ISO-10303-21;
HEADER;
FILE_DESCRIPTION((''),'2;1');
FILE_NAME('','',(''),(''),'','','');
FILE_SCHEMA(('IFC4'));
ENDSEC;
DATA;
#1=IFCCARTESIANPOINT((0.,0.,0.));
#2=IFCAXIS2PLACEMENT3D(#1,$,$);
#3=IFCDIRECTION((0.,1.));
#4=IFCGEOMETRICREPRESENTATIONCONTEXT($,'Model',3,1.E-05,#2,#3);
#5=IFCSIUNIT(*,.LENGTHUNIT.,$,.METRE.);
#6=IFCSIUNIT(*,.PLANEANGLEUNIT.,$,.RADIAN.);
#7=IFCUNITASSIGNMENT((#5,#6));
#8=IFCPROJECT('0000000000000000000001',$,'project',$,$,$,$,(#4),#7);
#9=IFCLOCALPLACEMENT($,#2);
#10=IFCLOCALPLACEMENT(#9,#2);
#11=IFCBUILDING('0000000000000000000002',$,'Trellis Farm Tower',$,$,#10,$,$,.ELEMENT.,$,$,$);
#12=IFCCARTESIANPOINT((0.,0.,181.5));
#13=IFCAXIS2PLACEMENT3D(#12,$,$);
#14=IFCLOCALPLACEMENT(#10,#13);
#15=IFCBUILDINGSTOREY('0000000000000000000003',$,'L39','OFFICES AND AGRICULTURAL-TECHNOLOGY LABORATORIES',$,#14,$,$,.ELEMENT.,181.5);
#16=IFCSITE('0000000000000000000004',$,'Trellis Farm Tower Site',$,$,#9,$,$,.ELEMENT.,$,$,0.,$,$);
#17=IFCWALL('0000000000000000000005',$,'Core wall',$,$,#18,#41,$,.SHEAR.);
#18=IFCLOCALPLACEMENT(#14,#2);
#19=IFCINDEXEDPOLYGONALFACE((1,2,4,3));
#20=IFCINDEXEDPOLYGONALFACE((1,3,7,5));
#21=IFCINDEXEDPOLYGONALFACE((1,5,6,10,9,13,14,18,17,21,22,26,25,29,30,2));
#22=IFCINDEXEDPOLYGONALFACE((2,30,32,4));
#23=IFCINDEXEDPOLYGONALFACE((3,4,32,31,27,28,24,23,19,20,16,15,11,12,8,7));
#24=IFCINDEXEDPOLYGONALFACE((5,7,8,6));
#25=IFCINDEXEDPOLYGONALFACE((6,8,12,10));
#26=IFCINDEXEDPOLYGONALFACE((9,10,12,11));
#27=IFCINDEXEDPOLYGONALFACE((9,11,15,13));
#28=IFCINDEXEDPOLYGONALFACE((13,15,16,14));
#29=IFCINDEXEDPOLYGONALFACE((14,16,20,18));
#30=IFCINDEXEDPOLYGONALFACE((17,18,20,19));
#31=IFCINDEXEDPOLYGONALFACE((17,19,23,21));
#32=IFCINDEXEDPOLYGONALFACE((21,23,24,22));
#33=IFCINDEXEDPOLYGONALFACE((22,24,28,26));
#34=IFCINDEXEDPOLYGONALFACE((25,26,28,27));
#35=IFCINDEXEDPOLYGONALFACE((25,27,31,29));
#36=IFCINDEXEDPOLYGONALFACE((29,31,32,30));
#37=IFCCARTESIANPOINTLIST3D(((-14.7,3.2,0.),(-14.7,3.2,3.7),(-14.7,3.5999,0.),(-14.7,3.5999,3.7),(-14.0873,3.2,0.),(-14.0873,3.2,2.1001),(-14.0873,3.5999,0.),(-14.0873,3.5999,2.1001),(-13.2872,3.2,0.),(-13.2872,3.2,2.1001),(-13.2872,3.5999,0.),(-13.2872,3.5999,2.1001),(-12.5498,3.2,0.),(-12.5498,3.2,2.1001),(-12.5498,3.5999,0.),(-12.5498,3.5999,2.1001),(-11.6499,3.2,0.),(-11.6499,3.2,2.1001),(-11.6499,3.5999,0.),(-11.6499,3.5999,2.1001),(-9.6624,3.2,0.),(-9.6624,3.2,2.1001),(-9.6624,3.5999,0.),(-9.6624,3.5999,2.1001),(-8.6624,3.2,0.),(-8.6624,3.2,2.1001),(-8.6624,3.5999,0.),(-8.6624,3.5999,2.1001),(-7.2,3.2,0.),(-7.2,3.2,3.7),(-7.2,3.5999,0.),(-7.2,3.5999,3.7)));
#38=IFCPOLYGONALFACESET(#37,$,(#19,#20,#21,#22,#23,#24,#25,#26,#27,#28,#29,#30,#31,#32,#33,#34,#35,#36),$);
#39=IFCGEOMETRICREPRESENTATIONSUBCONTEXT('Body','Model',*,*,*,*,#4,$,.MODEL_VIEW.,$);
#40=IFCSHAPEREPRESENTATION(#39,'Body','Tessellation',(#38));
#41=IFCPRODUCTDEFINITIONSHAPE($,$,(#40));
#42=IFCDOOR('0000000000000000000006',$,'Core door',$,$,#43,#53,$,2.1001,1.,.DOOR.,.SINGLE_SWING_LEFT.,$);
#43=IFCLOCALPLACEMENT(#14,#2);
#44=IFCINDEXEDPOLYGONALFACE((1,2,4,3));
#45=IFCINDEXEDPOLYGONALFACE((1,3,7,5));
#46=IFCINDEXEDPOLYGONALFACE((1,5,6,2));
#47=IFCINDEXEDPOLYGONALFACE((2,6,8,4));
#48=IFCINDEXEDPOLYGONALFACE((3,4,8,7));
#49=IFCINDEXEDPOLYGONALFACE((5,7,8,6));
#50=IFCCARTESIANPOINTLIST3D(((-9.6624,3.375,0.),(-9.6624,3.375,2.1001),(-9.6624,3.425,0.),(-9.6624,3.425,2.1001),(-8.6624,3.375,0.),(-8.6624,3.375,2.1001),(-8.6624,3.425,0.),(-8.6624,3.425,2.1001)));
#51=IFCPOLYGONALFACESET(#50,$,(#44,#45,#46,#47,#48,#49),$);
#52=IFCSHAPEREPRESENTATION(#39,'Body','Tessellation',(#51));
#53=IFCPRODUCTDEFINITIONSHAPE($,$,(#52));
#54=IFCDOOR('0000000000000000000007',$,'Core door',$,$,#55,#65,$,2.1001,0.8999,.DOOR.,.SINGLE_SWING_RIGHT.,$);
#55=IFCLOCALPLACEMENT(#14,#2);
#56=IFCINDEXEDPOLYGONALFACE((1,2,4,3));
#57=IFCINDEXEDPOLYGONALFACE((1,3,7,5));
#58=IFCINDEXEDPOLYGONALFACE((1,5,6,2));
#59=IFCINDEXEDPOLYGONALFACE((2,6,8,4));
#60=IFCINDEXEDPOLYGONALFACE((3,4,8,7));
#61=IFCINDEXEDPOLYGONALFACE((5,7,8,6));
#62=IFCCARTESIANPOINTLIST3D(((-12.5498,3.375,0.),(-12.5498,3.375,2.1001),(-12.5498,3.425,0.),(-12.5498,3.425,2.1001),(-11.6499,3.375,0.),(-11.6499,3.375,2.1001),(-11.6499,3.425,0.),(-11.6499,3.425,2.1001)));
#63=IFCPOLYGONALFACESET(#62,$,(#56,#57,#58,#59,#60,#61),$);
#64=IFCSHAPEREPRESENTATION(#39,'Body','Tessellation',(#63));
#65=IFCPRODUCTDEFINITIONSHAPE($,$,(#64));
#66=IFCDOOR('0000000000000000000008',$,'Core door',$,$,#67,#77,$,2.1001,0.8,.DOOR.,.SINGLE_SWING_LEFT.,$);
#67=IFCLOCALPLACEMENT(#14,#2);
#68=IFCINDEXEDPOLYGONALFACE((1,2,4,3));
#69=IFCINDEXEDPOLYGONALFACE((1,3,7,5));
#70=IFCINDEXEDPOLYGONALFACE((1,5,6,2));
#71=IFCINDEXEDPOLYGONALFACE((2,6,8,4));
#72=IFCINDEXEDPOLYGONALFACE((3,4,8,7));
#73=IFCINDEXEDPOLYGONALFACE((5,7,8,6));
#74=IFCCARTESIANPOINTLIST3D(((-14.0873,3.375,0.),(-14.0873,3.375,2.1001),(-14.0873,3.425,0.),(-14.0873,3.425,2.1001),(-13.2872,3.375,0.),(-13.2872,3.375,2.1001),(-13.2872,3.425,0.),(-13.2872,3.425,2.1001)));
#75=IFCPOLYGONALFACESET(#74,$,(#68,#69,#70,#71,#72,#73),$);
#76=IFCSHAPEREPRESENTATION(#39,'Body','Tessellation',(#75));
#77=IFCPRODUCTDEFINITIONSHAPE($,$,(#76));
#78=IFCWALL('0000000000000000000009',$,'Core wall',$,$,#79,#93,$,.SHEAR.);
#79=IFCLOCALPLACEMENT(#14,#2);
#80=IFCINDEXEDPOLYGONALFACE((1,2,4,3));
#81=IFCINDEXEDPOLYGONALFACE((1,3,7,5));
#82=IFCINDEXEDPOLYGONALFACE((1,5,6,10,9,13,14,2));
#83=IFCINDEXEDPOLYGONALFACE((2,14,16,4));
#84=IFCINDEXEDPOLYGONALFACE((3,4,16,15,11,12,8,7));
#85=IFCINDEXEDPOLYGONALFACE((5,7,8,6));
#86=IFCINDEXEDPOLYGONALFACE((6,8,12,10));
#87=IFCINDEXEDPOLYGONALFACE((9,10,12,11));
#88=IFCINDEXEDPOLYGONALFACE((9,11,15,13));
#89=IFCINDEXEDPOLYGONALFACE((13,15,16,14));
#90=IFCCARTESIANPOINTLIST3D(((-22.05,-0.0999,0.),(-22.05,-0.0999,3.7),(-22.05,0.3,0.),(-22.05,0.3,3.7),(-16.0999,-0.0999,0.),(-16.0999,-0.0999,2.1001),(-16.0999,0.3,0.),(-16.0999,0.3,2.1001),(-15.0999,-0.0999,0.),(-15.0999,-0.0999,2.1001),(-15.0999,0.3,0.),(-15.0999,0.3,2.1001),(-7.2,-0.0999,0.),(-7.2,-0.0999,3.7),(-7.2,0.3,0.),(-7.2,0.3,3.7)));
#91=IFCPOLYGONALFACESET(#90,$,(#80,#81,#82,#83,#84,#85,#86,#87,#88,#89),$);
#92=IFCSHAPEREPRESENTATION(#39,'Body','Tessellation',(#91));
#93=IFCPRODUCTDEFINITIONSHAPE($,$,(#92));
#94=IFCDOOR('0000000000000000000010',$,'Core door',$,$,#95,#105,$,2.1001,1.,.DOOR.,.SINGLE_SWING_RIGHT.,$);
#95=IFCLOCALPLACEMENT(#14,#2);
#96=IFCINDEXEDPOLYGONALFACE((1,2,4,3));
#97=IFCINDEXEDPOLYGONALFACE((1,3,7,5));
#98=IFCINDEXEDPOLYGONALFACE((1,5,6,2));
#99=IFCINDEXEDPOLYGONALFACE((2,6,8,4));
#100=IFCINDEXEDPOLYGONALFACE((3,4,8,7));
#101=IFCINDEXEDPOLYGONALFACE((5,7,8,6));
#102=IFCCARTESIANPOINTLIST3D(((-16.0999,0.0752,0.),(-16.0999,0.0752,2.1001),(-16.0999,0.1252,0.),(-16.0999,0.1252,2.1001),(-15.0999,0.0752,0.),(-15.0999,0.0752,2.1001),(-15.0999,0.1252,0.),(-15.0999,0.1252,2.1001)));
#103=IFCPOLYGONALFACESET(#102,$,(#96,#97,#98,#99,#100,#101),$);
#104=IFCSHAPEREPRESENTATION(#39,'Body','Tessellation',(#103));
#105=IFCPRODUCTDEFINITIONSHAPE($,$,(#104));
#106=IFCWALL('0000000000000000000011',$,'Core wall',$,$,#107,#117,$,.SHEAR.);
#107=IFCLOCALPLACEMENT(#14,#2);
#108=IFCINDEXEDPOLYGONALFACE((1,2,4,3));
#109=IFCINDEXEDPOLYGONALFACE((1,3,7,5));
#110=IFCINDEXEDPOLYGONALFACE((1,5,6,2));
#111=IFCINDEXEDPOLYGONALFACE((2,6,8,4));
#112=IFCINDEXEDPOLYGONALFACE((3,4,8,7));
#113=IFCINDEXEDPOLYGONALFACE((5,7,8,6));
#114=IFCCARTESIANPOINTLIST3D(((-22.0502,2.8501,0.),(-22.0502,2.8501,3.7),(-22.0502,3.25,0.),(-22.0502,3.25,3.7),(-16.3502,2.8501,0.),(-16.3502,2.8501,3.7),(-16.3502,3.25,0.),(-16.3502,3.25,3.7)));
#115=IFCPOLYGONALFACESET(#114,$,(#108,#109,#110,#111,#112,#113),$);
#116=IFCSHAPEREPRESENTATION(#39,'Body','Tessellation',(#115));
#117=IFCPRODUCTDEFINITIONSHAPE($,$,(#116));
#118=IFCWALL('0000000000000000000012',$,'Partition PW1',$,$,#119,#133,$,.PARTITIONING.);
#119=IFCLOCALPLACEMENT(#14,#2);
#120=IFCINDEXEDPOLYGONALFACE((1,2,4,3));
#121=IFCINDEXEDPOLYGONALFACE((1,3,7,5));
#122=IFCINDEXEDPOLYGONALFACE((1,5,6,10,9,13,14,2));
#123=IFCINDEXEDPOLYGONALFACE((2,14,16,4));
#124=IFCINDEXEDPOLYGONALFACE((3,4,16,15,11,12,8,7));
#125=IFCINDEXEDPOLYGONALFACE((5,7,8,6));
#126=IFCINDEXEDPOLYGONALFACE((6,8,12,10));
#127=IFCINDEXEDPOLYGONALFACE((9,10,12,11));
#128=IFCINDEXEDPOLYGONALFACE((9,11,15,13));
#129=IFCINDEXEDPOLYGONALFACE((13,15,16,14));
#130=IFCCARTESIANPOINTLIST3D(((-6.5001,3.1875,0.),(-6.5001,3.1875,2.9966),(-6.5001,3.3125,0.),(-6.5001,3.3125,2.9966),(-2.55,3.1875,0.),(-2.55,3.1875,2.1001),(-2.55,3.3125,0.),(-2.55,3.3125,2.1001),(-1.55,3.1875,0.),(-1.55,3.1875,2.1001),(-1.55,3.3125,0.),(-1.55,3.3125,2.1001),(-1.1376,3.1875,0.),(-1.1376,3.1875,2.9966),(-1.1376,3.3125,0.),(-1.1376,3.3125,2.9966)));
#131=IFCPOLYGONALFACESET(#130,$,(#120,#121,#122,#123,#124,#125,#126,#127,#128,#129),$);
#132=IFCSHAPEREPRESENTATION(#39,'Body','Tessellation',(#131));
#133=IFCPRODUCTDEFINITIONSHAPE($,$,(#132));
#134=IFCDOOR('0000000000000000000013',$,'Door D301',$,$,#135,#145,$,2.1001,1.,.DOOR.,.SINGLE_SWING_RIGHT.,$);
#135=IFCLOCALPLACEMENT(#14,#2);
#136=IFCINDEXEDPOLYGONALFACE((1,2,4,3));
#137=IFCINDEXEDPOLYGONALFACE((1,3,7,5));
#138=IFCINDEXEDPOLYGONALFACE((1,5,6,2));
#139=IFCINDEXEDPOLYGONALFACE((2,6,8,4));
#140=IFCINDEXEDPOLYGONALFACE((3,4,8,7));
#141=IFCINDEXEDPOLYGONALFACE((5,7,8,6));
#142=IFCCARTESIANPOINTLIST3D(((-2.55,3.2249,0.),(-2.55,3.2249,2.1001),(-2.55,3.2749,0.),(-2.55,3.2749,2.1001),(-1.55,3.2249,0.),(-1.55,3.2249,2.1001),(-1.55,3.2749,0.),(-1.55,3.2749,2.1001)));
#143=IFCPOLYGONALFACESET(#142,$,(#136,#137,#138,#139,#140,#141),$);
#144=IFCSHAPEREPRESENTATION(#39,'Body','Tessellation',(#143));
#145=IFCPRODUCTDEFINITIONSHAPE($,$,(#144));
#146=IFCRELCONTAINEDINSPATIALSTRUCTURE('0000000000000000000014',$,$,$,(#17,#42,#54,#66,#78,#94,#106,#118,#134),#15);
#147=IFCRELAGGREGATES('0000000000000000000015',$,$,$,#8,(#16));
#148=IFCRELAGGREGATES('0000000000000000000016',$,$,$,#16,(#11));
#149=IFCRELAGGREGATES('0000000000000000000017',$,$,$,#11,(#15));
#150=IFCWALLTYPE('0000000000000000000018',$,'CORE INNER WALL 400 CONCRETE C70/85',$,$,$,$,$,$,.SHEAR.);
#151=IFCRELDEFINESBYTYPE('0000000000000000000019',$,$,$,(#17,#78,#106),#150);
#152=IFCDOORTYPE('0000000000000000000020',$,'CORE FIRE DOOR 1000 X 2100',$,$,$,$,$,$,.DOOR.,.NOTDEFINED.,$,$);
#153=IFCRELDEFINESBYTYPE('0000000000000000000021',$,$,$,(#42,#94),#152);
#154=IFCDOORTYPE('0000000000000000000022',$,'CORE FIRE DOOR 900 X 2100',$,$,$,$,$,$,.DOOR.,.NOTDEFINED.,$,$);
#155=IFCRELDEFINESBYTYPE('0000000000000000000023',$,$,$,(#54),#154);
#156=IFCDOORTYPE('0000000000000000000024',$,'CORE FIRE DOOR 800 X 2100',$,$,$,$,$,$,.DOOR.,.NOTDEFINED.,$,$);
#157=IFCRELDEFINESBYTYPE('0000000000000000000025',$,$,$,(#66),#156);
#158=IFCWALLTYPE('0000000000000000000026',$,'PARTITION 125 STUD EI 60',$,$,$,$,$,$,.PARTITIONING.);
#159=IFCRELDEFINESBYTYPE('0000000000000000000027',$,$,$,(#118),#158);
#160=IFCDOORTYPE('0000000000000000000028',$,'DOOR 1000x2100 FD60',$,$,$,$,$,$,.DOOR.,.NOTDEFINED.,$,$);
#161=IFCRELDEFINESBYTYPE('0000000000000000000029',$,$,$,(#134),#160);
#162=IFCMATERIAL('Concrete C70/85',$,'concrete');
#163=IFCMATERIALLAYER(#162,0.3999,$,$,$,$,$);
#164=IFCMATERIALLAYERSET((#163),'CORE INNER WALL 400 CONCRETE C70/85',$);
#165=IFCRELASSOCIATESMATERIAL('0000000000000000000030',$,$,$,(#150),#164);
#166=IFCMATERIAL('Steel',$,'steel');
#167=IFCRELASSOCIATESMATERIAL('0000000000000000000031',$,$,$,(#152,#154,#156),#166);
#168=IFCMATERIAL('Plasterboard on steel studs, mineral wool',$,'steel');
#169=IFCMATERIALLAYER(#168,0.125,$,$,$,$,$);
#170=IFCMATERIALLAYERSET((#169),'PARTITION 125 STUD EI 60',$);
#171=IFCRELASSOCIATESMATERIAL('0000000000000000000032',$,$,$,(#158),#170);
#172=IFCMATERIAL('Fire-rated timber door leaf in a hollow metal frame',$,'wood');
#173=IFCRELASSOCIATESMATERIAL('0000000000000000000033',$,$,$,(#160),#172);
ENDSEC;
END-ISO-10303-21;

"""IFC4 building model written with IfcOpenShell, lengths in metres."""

from ifc_helpers import new_model, si_unit, direction, frame, frame_2d, origin, place, context, subcontext, project, spatial, rectangle, extrude, source, transform, mapped, material, layer, layer_set, type_object, element, fill, save


model = new_model("IFC4")

# Units and contexts
model_context = context("Model", 3, precision=1e-05, world=origin(), true_north=direction((0.0, 1.0)))
body_context = subcontext(model_context, "Body", "Model", "MODEL_VIEW")
ifc_project = project(units=[si_unit("LENGTHUNIT", "METRE"), si_unit("PLANEANGLEUNIT", "RADIAN")], contexts=[model_context])

# Site, building, storey
site_placement = place(None, origin())
site = spatial("IfcSite", under=ifc_project, at=site_placement, Name="Trellis Farm Tower Site", CompositionType="ELEMENT", RefElevation=0.0)
building_placement = place(site_placement, origin())
building = spatial("IfcBuilding", under=site, at=building_placement, Name="Trellis Farm Tower", CompositionType="ELEMENT")
storey_placement = place(building_placement, frame((0.0, 0.0, 181.5)))
storey = spatial("IfcBuildingStorey", under=building, at=storey_placement, Name="L39", Description="OFFICES AND AGRICULTURAL-TECHNOLOGY LABORATORIES", CompositionType="ELEMENT", Elevation=181.5)

# Shared definitions
ifc_material_1 = material(Name="Concrete C70/85", Category="concrete")

# Wall, openings, doors
ifc_layer_1 = layer(ifc_material_1, 0.3999)
ifc_layer_set_1 = layer_set([ifc_layer_1], Name="CORE INNER WALL 400 CONCRETE C70/85")
wall_type_1 = type_object("IfcWallType", Name="CORE INNER WALL 400 CONCRETE C70/85", PredefinedType="SHEAR", material=ifc_layer_set_1)
shared_shape_1 = source(origin(), body_context, "Body", "SweptSolid", [
    extrude(rectangle(XDim=7.5, YDim=0.3999, at=frame_2d((3.75, 0.0))), origin(), (0.0, 0.0, 1.0), 3.7),
])
wall_1_placement = place(storey_placement, frame((-7.2, 3.3999, 0.0), z_axis=(0.0, 0.0, 1.0), x_axis=(-1.0, 0.0, 0.0)))
wall_1 = element("IfcWall", 1, at=wall_1_placement, inside=storey, type_object=wall_type_1, Name="Core wall", PredefinedType="SHEAR", context=body_context, shape_type="MappedRepresentation", body=[
    mapped(shared_shape_1, transform((0.0, 0.0, 0.0))),
])
shared_shape_2 = source(origin(), body_context, "Body", "SweptSolid", [
    extrude(rectangle(XDim=1.0, YDim=2.1001, at=frame_2d((0.5, 1.05))), frame((0.0, 0.21, 0.0), z_axis=(0.0, -1.0, 0.0), x_axis=(1.0, 0.0, 0.0)), (0.0, 0.0, 1.0), 0.4199),
])
opening_1_placement = place(wall_1_placement, frame((1.4624, 0.0, 0.0)))
opening_1 = element("IfcOpeningElement", 2, at=opening_1_placement, cuts=wall_1, PredefinedType="OPENING", context=body_context, shape_type="MappedRepresentation", body=[
    mapped(shared_shape_2, transform((0.0, 0.0, 0.0))),
])
shared_shape_3 = source(origin(), body_context, "Body", "SweptSolid", [
    extrude(rectangle(XDim=0.8999, YDim=2.1001, at=frame_2d((0.45, 1.05))), frame((0.0, 0.21, 0.0), z_axis=(0.0, -1.0, 0.0), x_axis=(1.0, 0.0, 0.0)), (0.0, 0.0, 1.0), 0.4199),
])
opening_2_placement = place(wall_1_placement, frame((4.45, 0.0, 0.0)))
opening_2 = element("IfcOpeningElement", 3, at=opening_2_placement, cuts=wall_1, PredefinedType="OPENING", context=body_context, shape_type="MappedRepresentation", body=[
    mapped(shared_shape_3, transform((0.0, 0.0, 0.0))),
])
shared_shape_4 = source(origin(), body_context, "Body", "SweptSolid", [
    extrude(rectangle(XDim=0.8, YDim=2.1001, at=frame_2d((0.3999, 1.05))), frame((0.0, 0.21, 0.0), z_axis=(0.0, -1.0, 0.0), x_axis=(1.0, 0.0, 0.0)), (0.0, 0.0, 1.0), 0.4199),
])
opening_3_placement = place(wall_1_placement, frame((6.0874, 0.0, 0.0)))
opening_3 = element("IfcOpeningElement", 4, at=opening_3_placement, cuts=wall_1, PredefinedType="OPENING", context=body_context, shape_type="MappedRepresentation", body=[
    mapped(shared_shape_4, transform((0.0, 0.0, 0.0))),
])
ifc_material_2 = material(Name="Steel", Category="steel")
door_type_1 = type_object("IfcDoorType", Name="CORE FIRE DOOR 1000 X 2100", OperationType="NOTDEFINED", PredefinedType="DOOR", material=ifc_material_2)
shared_shape_5 = source(origin(), body_context, "Body", "SweptSolid", [
    extrude(rectangle(XDim=1.0, YDim=2.1001, at=frame_2d((0.5, 1.05))), frame((0.0, 0.0249, 0.0), z_axis=(0.0, -1.0, 0.0), x_axis=(1.0, 0.0, 0.0)), (0.0, 0.0, 1.0), 0.05),
])
door_1_placement = place(opening_1_placement, origin())
door_1 = element("IfcDoor", 5, at=door_1_placement, inside=storey, type_object=door_type_1, Name="Core door", OperationType="SINGLE_SWING_LEFT", OverallHeight=2.1001, OverallWidth=1.0, PredefinedType="DOOR", context=body_context, shape_type="MappedRepresentation", body=[
    mapped(shared_shape_5, transform((0.0, 0.0, 0.0))),
])
fill(opening_1, door_1)
door_type_2 = type_object("IfcDoorType", Name="CORE FIRE DOOR 900 X 2100", OperationType="NOTDEFINED", PredefinedType="DOOR", material=ifc_material_2)
shared_shape_6 = source(origin(), body_context, "Body", "SweptSolid", [
    extrude(rectangle(XDim=0.8999, YDim=2.1001, at=frame_2d((0.45, 1.05))), frame((0.0, 0.0249, 0.0), z_axis=(0.0, -1.0, 0.0), x_axis=(1.0, 0.0, 0.0)), (0.0, 0.0, 1.0), 0.05),
])
door_2_placement = place(opening_2_placement, origin())
door_2 = element("IfcDoor", 6, at=door_2_placement, inside=storey, type_object=door_type_2, Name="Core door", OperationType="SINGLE_SWING_RIGHT", OverallHeight=2.1001, OverallWidth=0.8999, PredefinedType="DOOR", context=body_context, shape_type="MappedRepresentation", body=[
    mapped(shared_shape_6, transform((0.0, 0.0, 0.0))),
])
fill(opening_2, door_2)
door_type_3 = type_object("IfcDoorType", Name="CORE FIRE DOOR 800 X 2100", OperationType="NOTDEFINED", PredefinedType="DOOR", material=ifc_material_2)
shared_shape_7 = source(origin(), body_context, "Body", "SweptSolid", [
    extrude(rectangle(XDim=0.8, YDim=2.1001, at=frame_2d((0.3999, 1.05))), frame((0.0, 0.0249, 0.0), z_axis=(0.0, -1.0, 0.0), x_axis=(1.0, 0.0, 0.0)), (0.0, 0.0, 1.0), 0.05),
])
door_3_placement = place(opening_3_placement, origin())
door_3 = element("IfcDoor", 7, at=door_3_placement, inside=storey, type_object=door_type_3, Name="Core door", OperationType="SINGLE_SWING_LEFT", OverallHeight=2.1001, OverallWidth=0.8, PredefinedType="DOOR", context=body_context, shape_type="MappedRepresentation", body=[
    mapped(shared_shape_7, transform((0.0, 0.0, 0.0))),
])
fill(opening_3, door_3)

# Wall, opening, door
shared_shape_8 = source(origin(), body_context, "Body", "SweptSolid", [
    extrude(rectangle(XDim=14.8501, YDim=0.3999, at=frame_2d((7.425, 0.0))), origin(), (0.0, 0.0, 1.0), 3.7),
])
wall_2_placement = place(storey_placement, frame((-7.2, 0.1001, 0.0), z_axis=(0.0, 0.0, 1.0), x_axis=(-1.0, 0.0, 0.0)))
wall_2 = element("IfcWall", 8, at=wall_2_placement, inside=storey, type_object=wall_type_1, Name="Core wall", PredefinedType="SHEAR", context=body_context, shape_type="MappedRepresentation", body=[
    mapped(shared_shape_8, transform((0.0, 0.0, 0.0))),
])
opening_4_placement = place(wall_2_placement, frame((7.8999, 0.0, 0.0)))
opening_4 = element("IfcOpeningElement", 9, at=opening_4_placement, cuts=wall_2, PredefinedType="OPENING", context=body_context, shape_type="MappedRepresentation", body=[
    mapped(shared_shape_2, transform((0.0, 0.0, 0.0))),
])
door_4_placement = place(opening_4_placement, origin())
door_4 = element("IfcDoor", 10, at=door_4_placement, inside=storey, type_object=door_type_1, Name="Core door", OperationType="SINGLE_SWING_RIGHT", OverallHeight=2.1001, OverallWidth=1.0, PredefinedType="DOOR", context=body_context, shape_type="MappedRepresentation", body=[
    mapped(shared_shape_5, transform((0.0, 0.0, 0.0))),
])
fill(opening_4, door_4)

# Wall
shared_shape_9 = source(origin(), body_context, "Body", "SweptSolid", [
    extrude(rectangle(XDim=5.7, YDim=0.3999, at=frame_2d((2.8501, 0.0))), origin(), (0.0, 0.0, 1.0), 3.7),
])
wall_3_placement = place(storey_placement, frame((-16.3501, 3.05, 0.0), z_axis=(0.0, 0.0, 1.0), x_axis=(-1.0, 0.0, 0.0)))
element("IfcWall", 11, at=wall_3_placement, inside=storey, type_object=wall_type_1, Name="Core wall", PredefinedType="SHEAR", context=body_context, shape_type="MappedRepresentation", body=[
    mapped(shared_shape_9, transform((0.0, 0.0, 0.0))),
])

# Wall, opening, door
ifc_material_3 = material(Name="Plasterboard on steel studs, mineral wool", Category="steel")
ifc_layer_2 = layer(ifc_material_3, 0.125)
ifc_layer_set_2 = layer_set([ifc_layer_2], Name="PARTITION 125 STUD EI 60")
wall_type_2 = type_object("IfcWallType", Name="PARTITION 125 STUD EI 60", PredefinedType="PARTITIONING", material=ifc_layer_set_2)
shared_shape_10 = source(origin(), body_context, "Body", "SweptSolid", [
    extrude(rectangle(XDim=5.3625, YDim=0.125, at=frame_2d((2.6812, 0.0))), origin(), (0.0, 0.0, 1.0), 2.9966),
])
wall_4_placement = place(storey_placement, frame((-6.5, 3.25, 0.0), z_axis=(0.0, 0.0, 1.0), x_axis=(1.0, 0.0, 0.0)))
wall_4 = element("IfcWall", 12, at=wall_4_placement, inside=storey, type_object=wall_type_2, Name="Partition PW1", PredefinedType="PARTITIONING", context=body_context, shape_type="MappedRepresentation", body=[
    mapped(shared_shape_10, transform((0.0, 0.0, 0.0))),
])
shared_shape_11 = source(origin(), body_context, "Body", "SweptSolid", [
    extrude(rectangle(XDim=1.0, YDim=2.1001, at=frame_2d((0.5, 1.05))), frame((0.0, 0.0725, 0.0), z_axis=(0.0, -1.0, 0.0), x_axis=(1.0, 0.0, 0.0)), (0.0, 0.0, 1.0), 0.145),
])
opening_5_placement = place(wall_4_placement, frame((3.95, 0.0, 0.0)))
opening_5 = element("IfcOpeningElement", 13, at=opening_5_placement, cuts=wall_4, PredefinedType="OPENING", context=body_context, shape_type="MappedRepresentation", body=[
    mapped(shared_shape_11, transform((0.0, 0.0, 0.0))),
])
ifc_material_4 = material(Name="Fire-rated timber door leaf in a hollow metal frame", Category="wood")
door_type_4 = type_object("IfcDoorType", Name="DOOR 1000x2100 FD60", OperationType="NOTDEFINED", PredefinedType="DOOR", material=ifc_material_4)
door_5_placement = place(opening_5_placement, origin())
door_5 = element("IfcDoor", 14, at=door_5_placement, inside=storey, type_object=door_type_4, Name="Door D301", OperationType="SINGLE_SWING_RIGHT", OverallHeight=2.1001, OverallWidth=1.0, PredefinedType="DOOR", context=body_context, shape_type="MappedRepresentation", body=[
    mapped(shared_shape_5, transform((0.0, 0.0, 0.0))),
])
fill(opening_5, door_5)

save(model, "model.ifc")
